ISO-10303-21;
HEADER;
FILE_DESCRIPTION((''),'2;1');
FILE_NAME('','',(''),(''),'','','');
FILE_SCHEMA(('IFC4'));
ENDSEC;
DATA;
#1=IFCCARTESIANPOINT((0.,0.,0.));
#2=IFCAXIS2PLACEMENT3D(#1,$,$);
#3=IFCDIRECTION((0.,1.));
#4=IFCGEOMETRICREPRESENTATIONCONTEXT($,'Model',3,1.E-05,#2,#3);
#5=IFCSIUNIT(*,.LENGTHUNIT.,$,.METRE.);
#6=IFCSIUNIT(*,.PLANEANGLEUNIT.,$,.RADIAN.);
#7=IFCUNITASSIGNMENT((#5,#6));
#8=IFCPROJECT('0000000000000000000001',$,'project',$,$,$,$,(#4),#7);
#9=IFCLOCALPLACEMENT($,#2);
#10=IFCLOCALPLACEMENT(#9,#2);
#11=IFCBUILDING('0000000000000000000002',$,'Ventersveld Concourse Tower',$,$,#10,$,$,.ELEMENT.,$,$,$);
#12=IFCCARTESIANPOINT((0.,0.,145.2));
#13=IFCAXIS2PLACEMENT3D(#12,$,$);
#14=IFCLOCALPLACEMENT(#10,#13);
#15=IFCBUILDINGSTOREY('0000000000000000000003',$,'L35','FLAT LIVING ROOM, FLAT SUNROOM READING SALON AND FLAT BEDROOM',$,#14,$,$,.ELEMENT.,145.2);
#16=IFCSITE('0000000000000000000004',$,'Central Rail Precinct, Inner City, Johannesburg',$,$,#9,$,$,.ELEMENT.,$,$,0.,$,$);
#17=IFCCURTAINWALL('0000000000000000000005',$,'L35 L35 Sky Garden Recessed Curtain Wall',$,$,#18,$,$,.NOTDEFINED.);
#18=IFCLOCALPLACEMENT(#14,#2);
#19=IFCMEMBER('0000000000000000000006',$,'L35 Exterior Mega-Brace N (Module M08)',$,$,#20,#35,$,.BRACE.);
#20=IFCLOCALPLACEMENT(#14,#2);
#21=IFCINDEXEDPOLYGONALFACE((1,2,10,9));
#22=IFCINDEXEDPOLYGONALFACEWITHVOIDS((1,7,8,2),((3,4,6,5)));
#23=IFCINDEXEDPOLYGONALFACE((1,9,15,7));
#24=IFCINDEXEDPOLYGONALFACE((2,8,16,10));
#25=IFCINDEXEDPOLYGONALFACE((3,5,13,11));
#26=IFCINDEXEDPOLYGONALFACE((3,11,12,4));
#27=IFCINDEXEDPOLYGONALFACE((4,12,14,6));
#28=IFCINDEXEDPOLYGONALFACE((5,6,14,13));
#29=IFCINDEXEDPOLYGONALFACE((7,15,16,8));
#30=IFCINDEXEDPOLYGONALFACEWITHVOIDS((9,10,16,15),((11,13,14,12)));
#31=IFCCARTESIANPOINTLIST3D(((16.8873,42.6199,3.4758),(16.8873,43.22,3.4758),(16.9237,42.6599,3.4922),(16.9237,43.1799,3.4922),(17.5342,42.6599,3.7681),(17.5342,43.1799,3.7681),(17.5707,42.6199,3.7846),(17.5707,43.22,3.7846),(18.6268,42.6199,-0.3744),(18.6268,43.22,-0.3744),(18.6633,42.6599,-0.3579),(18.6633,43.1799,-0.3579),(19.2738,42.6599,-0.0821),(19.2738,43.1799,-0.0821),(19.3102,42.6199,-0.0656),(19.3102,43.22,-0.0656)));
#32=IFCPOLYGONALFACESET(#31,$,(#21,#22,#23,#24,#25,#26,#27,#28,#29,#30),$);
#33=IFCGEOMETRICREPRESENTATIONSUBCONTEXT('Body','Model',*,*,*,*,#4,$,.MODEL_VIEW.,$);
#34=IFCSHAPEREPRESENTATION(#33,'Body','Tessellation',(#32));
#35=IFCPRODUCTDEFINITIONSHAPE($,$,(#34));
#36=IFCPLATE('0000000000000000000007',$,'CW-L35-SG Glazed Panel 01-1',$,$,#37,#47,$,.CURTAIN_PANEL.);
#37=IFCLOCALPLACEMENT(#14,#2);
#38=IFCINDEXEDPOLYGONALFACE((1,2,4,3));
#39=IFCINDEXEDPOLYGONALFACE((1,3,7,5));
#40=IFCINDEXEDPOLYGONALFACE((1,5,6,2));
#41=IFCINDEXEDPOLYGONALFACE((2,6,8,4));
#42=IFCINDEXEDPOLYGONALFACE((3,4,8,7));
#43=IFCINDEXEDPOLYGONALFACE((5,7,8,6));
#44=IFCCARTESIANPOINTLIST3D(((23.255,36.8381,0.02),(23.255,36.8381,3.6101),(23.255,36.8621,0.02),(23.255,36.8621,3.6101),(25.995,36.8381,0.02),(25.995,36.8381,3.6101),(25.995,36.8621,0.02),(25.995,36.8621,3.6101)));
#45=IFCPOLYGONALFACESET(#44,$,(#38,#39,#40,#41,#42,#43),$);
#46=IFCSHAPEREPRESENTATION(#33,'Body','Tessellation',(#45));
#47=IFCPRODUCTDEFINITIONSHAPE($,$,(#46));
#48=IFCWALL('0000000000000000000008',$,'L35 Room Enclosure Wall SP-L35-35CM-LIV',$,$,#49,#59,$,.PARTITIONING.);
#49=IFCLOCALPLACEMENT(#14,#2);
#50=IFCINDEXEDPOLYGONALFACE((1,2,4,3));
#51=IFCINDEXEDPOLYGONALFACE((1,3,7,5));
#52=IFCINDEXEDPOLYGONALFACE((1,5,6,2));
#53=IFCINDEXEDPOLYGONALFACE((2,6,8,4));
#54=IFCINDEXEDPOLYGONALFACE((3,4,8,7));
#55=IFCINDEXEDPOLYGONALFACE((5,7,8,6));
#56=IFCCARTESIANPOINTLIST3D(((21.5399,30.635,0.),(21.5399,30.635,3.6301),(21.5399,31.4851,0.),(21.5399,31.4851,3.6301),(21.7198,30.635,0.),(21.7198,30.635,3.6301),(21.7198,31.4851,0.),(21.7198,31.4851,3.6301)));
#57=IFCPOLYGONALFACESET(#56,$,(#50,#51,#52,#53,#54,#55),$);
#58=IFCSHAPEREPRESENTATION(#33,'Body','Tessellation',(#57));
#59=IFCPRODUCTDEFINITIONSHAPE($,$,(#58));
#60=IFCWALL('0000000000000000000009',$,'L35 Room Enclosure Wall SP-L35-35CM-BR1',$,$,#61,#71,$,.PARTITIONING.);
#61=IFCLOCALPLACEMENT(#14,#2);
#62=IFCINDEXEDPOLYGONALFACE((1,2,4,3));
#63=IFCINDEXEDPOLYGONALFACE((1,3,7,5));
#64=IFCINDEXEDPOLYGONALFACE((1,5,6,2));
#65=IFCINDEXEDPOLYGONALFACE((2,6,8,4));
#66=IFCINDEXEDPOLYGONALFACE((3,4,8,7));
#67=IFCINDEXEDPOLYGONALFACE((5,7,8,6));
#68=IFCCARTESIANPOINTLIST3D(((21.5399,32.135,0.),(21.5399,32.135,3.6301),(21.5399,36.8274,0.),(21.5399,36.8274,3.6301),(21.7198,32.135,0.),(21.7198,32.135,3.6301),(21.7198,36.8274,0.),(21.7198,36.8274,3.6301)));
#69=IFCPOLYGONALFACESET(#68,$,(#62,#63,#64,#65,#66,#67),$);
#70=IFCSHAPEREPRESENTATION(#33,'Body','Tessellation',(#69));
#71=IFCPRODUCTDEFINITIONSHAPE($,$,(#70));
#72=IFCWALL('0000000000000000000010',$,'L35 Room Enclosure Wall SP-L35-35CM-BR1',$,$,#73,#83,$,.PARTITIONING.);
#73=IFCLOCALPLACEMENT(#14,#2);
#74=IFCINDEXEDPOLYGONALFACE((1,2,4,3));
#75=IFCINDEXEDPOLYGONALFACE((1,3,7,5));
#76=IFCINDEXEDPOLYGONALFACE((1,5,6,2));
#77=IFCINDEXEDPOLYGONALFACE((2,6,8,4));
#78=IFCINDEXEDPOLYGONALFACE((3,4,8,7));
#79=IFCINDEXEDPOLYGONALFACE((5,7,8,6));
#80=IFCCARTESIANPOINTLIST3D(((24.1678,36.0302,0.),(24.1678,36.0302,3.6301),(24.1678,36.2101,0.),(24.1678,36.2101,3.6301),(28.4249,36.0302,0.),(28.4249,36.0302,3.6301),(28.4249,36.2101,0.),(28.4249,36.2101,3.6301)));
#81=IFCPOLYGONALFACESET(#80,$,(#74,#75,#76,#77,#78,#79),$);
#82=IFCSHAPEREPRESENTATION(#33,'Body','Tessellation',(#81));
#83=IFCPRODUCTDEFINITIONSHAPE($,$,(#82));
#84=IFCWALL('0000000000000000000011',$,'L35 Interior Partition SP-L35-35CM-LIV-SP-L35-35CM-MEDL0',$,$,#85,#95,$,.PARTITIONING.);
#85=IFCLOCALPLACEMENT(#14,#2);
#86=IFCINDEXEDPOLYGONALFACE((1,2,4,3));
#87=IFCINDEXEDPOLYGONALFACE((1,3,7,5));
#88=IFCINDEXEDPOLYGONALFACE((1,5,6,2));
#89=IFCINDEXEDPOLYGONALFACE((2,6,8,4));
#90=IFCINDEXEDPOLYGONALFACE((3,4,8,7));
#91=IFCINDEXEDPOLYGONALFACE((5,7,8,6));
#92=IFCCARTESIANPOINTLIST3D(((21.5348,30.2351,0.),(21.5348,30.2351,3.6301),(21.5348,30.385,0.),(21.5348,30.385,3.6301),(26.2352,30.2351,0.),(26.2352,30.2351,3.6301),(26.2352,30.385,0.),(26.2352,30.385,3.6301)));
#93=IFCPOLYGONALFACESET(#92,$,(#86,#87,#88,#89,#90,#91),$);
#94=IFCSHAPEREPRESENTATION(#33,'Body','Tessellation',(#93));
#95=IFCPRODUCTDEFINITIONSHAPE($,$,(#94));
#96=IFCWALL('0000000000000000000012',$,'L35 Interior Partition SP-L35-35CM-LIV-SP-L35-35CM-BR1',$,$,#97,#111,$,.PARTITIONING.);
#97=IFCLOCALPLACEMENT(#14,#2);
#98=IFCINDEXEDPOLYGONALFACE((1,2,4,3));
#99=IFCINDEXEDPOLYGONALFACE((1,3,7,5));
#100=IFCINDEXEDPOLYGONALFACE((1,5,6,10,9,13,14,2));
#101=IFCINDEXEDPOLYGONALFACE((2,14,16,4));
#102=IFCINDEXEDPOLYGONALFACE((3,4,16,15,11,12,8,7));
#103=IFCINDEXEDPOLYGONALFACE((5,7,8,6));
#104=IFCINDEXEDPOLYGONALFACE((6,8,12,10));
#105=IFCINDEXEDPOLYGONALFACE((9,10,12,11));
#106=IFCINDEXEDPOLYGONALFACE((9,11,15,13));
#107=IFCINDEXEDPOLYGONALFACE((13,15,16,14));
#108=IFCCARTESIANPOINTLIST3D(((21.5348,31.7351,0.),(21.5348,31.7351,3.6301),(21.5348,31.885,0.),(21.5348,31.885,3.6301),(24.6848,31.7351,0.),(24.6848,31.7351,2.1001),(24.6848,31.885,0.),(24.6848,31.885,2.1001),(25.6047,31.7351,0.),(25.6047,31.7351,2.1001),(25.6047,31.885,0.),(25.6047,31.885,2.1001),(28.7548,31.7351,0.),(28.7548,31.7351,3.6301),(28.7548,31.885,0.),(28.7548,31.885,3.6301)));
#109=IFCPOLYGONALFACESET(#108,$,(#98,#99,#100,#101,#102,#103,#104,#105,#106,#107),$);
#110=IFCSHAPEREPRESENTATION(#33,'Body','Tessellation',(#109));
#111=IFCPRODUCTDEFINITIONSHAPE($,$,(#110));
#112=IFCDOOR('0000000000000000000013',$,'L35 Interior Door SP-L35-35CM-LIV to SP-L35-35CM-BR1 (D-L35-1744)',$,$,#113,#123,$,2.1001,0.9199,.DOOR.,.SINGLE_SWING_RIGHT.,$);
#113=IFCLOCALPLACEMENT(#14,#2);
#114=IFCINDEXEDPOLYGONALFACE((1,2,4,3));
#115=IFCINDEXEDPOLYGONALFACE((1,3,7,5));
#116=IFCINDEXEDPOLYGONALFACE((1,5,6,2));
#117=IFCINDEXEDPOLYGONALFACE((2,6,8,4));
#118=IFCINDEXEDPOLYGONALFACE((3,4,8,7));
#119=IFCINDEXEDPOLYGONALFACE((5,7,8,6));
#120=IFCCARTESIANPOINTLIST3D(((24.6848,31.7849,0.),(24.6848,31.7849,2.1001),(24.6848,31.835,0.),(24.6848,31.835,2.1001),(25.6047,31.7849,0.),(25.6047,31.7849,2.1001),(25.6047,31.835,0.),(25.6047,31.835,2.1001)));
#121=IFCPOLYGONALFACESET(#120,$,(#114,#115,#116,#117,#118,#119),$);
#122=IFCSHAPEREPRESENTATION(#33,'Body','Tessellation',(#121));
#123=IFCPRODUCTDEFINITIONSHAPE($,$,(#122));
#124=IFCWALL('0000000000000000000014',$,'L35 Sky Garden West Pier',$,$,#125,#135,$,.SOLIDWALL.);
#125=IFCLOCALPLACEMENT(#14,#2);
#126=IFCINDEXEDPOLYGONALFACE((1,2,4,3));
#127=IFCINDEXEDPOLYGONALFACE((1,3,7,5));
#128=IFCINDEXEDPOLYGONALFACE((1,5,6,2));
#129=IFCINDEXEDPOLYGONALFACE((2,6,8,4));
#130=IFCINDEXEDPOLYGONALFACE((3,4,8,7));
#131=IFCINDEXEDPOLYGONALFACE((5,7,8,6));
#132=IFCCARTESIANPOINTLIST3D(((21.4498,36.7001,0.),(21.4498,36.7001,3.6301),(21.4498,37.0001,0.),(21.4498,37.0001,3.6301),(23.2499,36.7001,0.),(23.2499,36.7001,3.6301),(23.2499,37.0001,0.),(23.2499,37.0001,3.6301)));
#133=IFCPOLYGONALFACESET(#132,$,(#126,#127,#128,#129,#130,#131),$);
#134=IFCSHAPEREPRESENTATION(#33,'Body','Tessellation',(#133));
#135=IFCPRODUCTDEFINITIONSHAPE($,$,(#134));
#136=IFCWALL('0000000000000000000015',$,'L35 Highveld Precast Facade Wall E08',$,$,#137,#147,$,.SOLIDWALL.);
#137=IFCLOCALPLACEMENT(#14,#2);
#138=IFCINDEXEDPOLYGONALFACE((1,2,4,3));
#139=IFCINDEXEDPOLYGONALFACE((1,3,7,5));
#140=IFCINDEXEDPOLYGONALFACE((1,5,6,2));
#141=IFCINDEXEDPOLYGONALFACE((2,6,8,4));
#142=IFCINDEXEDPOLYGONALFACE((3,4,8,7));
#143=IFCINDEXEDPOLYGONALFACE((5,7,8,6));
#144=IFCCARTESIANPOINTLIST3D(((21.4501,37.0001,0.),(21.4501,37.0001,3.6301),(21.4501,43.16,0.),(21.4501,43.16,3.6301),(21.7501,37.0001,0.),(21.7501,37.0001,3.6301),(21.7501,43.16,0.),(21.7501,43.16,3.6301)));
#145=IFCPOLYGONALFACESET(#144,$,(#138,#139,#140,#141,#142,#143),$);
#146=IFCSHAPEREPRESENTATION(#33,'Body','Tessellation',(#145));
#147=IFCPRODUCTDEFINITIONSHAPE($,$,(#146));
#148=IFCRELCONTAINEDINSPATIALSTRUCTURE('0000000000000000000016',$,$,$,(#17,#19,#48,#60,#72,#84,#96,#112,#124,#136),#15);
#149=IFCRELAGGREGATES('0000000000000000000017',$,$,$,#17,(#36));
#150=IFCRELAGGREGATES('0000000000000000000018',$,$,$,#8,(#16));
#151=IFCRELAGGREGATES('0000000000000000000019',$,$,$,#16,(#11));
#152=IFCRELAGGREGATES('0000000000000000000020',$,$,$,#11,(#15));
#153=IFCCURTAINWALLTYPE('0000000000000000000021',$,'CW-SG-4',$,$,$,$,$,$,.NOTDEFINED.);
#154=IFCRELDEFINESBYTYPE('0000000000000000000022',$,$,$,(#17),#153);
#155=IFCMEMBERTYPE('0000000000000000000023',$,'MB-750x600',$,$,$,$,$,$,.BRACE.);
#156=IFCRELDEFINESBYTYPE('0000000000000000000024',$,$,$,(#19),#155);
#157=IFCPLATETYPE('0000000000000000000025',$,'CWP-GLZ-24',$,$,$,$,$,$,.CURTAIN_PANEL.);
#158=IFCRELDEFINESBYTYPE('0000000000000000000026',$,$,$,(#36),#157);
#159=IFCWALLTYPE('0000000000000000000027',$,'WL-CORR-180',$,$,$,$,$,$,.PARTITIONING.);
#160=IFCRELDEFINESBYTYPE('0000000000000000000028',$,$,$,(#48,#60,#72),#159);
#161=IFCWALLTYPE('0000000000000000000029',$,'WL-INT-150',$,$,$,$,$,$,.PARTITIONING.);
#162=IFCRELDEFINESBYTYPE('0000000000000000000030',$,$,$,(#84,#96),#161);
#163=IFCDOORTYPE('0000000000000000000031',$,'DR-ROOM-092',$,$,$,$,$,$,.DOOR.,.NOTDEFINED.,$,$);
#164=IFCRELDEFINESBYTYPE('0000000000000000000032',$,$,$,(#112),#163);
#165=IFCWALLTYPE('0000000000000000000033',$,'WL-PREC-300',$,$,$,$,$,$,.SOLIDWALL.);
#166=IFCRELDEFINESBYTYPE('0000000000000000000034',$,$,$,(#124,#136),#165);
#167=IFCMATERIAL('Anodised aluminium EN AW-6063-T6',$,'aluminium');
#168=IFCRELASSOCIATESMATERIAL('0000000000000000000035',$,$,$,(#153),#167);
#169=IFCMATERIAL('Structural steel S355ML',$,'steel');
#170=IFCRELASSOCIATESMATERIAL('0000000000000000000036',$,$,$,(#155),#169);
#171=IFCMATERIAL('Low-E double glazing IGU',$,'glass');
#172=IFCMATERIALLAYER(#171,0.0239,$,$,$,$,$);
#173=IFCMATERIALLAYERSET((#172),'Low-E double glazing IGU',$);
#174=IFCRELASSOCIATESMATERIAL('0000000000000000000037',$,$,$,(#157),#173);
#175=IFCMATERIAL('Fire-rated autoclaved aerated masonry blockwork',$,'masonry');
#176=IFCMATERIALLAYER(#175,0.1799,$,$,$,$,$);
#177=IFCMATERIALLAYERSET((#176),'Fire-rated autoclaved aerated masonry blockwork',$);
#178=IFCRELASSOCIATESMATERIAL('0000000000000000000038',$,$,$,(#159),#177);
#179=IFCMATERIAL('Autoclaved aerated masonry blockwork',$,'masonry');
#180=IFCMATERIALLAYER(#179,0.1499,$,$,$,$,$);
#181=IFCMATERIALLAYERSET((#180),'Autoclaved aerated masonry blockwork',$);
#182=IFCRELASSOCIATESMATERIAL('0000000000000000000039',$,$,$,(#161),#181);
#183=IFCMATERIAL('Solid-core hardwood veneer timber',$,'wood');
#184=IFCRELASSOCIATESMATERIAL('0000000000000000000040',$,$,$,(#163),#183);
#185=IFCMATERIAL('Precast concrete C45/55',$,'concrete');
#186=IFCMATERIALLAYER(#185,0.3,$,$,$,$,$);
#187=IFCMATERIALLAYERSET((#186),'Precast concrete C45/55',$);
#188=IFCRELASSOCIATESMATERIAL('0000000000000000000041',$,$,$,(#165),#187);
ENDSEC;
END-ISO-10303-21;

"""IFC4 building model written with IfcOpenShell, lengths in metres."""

from ifc_helpers import new_model, si_unit, direction, frame, frame_2d, origin, origin_2d, place, context, subcontext, project, spatial, rectangle, hollow_rectangle, extrude, material, layer, layer_set, material_profile, profile_set, type_object, element, fill, aggregate, save


model = new_model("IFC4")

# Units and contexts
model_context = context("Model", 3, precision=1e-05, world=origin(), true_north=direction((0.0, 1.0)))
body_context = subcontext(model_context, "Body", "Model", "MODEL_VIEW")
ifc_project = project(units=[si_unit("LENGTHUNIT", "METRE"), si_unit("PLANEANGLEUNIT", "RADIAN")], contexts=[model_context])

# Site, building, storey
site_placement = place(None, origin())
site = spatial("IfcSite", under=ifc_project, at=site_placement, Name="Central Rail Precinct, Inner City, Johannesburg", CompositionType="ELEMENT", RefElevation=0.0)
building_placement = place(site_placement, origin())
building = spatial("IfcBuilding", under=site, at=building_placement, Name="Ventersveld Concourse Tower", CompositionType="ELEMENT")
storey_placement = place(building_placement, frame((0.0, 0.0, 145.2)))
storey = spatial("IfcBuildingStorey", under=building, at=storey_placement, Name="L35", Description="FLAT LIVING ROOM, FLAT SUNROOM READING SALON AND FLAT BEDROOM", CompositionType="ELEMENT", Elevation=145.2)

# Curtain wall
ifc_material_1 = material(Name="Anodised aluminium EN AW-6063-T6", Category="aluminium")
curtain_wall_type = type_object("IfcCurtainWallType", Name="CW-SG-4", PredefinedType="NOTDEFINED", material=ifc_material_1)
curtain_wall_placement = place(storey_placement, origin())
curtain_wall = element("IfcCurtainWall", 1, at=curtain_wall_placement, inside=storey, type_object=curtain_wall_type, Name="L35 L35 Sky Garden Recessed Curtain Wall", PredefinedType="NOTDEFINED")

# Member
ifc_material_2 = material(Name="Structural steel S355ML", Category="steel")
ifc_material_profile_1 = material_profile(ifc_material_2, hollow_rectangle(XDim=0.6001, YDim=0.75, WallThickness=0.04, at=origin_2d()), Name="BOX 750x600x40")
ifc_profile_set_1 = profile_set([ifc_material_profile_1], Name="Structural steel S355ML")
member_type_1 = type_object("IfcMemberType", Name="MB-750x600", PredefinedType="BRACE", material=ifc_profile_set_1)
member_1_placement = place(storey_placement, frame((18.9685, 42.9199, -0.22), z_axis=(-0.411734, 0.0, 0.911304), x_axis=(0.0, -1.0, 0.0)))
element("IfcMember", 2, at=member_1_placement, inside=storey, type_object=member_type_1, Name="L35 Exterior Mega-Brace N (Module M08)", PredefinedType="BRACE", context=body_context, shape_type="SweptSolid", body=[
    extrude(hollow_rectangle(XDim=0.6001, YDim=0.75, WallThickness=0.04, at=origin_2d()), origin(), (0.0, 0.0, 1.0), 4.2249),
])

# Plate
ifc_material_3 = material(Name="Low-E double glazing IGU", Category="glass")
ifc_layer_1 = layer(ifc_material_3, 0.0239)
ifc_layer_set_1 = layer_set([ifc_layer_1], Name="Low-E double glazing IGU")
plate_type = type_object("IfcPlateType", Name="CWP-GLZ-24", PredefinedType="CURTAIN_PANEL", material=ifc_layer_set_1)
plate_placement = place(storey_placement, frame((24.625, 36.8501, 0.02), z_axis=(0.0, 0.0, 1.0), x_axis=(1.0, 0.0, 0.0)))
plate = element("IfcPlate", 3, at=plate_placement, type_object=plate_type, Name="CW-L35-SG Glazed Panel 01-1", PredefinedType="CURTAIN_PANEL", context=body_context, shape_type="SweptSolid", body=[
    extrude(rectangle(XDim=2.74, YDim=0.0239, at=origin_2d()), origin(), (0.0, 0.0, 1.0), 3.5901),
])
aggregate(curtain_wall, [plate])

# Walls
ifc_material_4 = material(Name="Fire-rated autoclaved aerated masonry blockwork", Category="masonry")
ifc_layer_2 = layer(ifc_material_4, 0.1799)
ifc_layer_set_2 = layer_set([ifc_layer_2], Name="Fire-rated autoclaved aerated masonry blockwork")
wall_type_1 = type_object("IfcWallType", Name="WL-CORR-180", PredefinedType="PARTITIONING", material=ifc_layer_set_2)
wall_1_placement = place(storey_placement, frame((21.6299, 30.635, 0.0), z_axis=(0.0, 0.0, 1.0), x_axis=(0.0, 1.0, 0.0)))
element("IfcWall", 4, at=wall_1_placement, inside=storey, type_object=wall_type_1, Name="L35 Room Enclosure Wall SP-L35-35CM-LIV", PredefinedType="PARTITIONING", context=body_context, shape_type="SweptSolid", body=[
    extrude(rectangle(XDim=0.8501, YDim=0.1799, at=frame_2d((0.425, 0.0))), origin(), (0.0, 0.0, 1.0), 3.6301),
])
wall_2_placement = place(storey_placement, frame((21.6299, 32.135, 0.0), z_axis=(0.0, 0.0, 1.0), x_axis=(0.0, 1.0, 0.0)))
element("IfcWall", 5, at=wall_2_placement, inside=storey, type_object=wall_type_1, Name="L35 Room Enclosure Wall SP-L35-35CM-BR1", PredefinedType="PARTITIONING", context=body_context, shape_type="SweptSolid", body=[
    extrude(rectangle(XDim=4.6924, YDim=0.1799, at=frame_2d((2.3462, 0.0))), origin(), (0.0, 0.0, 1.0), 3.6301),
])
wall_3_placement = place(storey_placement, frame((24.168, 36.1201, 0.0), z_axis=(0.0, 0.0, 1.0), x_axis=(1.0, 0.0, 0.0)))
element("IfcWall", 6, at=wall_3_placement, inside=storey, type_object=wall_type_1, Name="L35 Room Enclosure Wall SP-L35-35CM-BR1", PredefinedType="PARTITIONING", context=body_context, shape_type="SweptSolid", body=[
    extrude(rectangle(XDim=4.2571, YDim=0.1799, at=frame_2d((2.1284, 0.0))), origin(), (0.0, 0.0, 1.0), 3.6301),
])
ifc_material_5 = material(Name="Autoclaved aerated masonry blockwork", Category="masonry")
ifc_layer_3 = layer(ifc_material_5, 0.1499)
ifc_layer_set_3 = layer_set([ifc_layer_3], Name="Autoclaved aerated masonry blockwork")
wall_type_2 = type_object("IfcWallType", Name="WL-INT-150", PredefinedType="PARTITIONING", material=ifc_layer_set_3)
wall_4_placement = place(storey_placement, frame((21.5349, 30.3101, 0.0), z_axis=(0.0, 0.0, 1.0), x_axis=(1.0, 0.0, 0.0)))
element("IfcWall", 7, at=wall_4_placement, inside=storey, type_object=wall_type_2, Name="L35 Interior Partition SP-L35-35CM-LIV-SP-L35-35CM-MEDL0", PredefinedType="PARTITIONING", context=body_context, shape_type="SweptSolid", body=[
    extrude(rectangle(XDim=4.7004, YDim=0.1499, at=frame_2d((2.3501, 0.0))), origin(), (0.0, 0.0, 1.0), 3.6301),
])

# Wall, opening, door
wall_5_placement = place(storey_placement, frame((21.5349, 31.8101, 0.0), z_axis=(0.0, 0.0, 1.0), x_axis=(1.0, 0.0, 0.0)))
wall_5 = element("IfcWall", 8, at=wall_5_placement, inside=storey, type_object=wall_type_2, Name="L35 Interior Partition SP-L35-35CM-LIV-SP-L35-35CM-BR1", PredefinedType="PARTITIONING", context=body_context, shape_type="SweptSolid", body=[
    extrude(rectangle(XDim=7.22, YDim=0.1499, at=frame_2d((3.6099, 0.0))), origin(), (0.0, 0.0, 1.0), 3.6301),
])
opening_1_placement = place(wall_5_placement, frame((3.1499, 0.0, 0.0)))
opening_1 = element("IfcOpeningElement", 9, at=opening_1_placement, cuts=wall_5, PredefinedType="OPENING", context=body_context, shape_type="SweptSolid", body=[
    extrude(rectangle(XDim=0.9199, YDim=2.1001, at=frame_2d((0.46, 1.05))), frame((0.0, 0.085, 0.0), z_axis=(0.0, -1.0, 0.0), x_axis=(1.0, 0.0, 0.0)), (0.0, 0.0, 1.0), 0.1699),
])
ifc_material_6 = material(Name="Solid-core hardwood veneer timber", Category="wood")
door_type = type_object("IfcDoorType", Name="DR-ROOM-092", OperationType="NOTDEFINED", PredefinedType="DOOR", material=ifc_material_6)
door_placement = place(opening_1_placement, origin())
door = element("IfcDoor", 10, at=door_placement, inside=storey, type_object=door_type, Name="L35 Interior Door SP-L35-35CM-LIV to SP-L35-35CM-BR1 (D-L35-1744)", OperationType="SINGLE_SWING_RIGHT", OverallHeight=2.1001, OverallWidth=0.9199, PredefinedType="DOOR", context=body_context, shape_type="SweptSolid", body=[
    extrude(rectangle(XDim=0.9199, YDim=2.1001, at=frame_2d((0.46, 1.05))), frame((0.0, 0.0249, 0.0), z_axis=(0.0, -1.0, 0.0), x_axis=(1.0, 0.0, 0.0)), (0.0, 0.0, 1.0), 0.05),
])
fill(opening_1, door)

# Walls
ifc_material_7 = material(Name="Precast concrete C45/55", Category="concrete")
ifc_layer_4 = layer(ifc_material_7, 0.3)
ifc_layer_set_4 = layer_set([ifc_layer_4], Name="Precast concrete C45/55")
wall_type_3 = type_object("IfcWallType", Name="WL-PREC-300", PredefinedType="SOLIDWALL", material=ifc_layer_set_4)
wall_6_placement = place(storey_placement, frame((21.45, 36.8501, 0.0), z_axis=(0.0, 0.0, 1.0), x_axis=(1.0, 0.0, 0.0)))
element("IfcWall", 11, at=wall_6_placement, inside=storey, type_object=wall_type_3, Name="L35 Sky Garden West Pier", PredefinedType="SOLIDWALL", context=body_context, shape_type="SweptSolid", body=[
    extrude(rectangle(XDim=1.8, YDim=0.3, at=frame_2d((0.8999, 0.0))), origin(), (0.0, 0.0, 1.0), 3.6301),
])
wall_7_placement = place(storey_placement, frame((21.6001, 37.0, 0.0), z_axis=(0.0, 0.0, 1.0), x_axis=(0.0, 1.0, 0.0)))
element("IfcWall", 12, at=wall_7_placement, inside=storey, type_object=wall_type_3, Name="L35 Highveld Precast Facade Wall E08", PredefinedType="SOLIDWALL", context=body_context, shape_type="SweptSolid", body=[
    extrude(rectangle(XDim=6.1599, YDim=0.3, at=frame_2d((3.0801, 0.0))), origin(), (0.0, 0.0, 1.0), 3.6301),
])

save(model, "model.ifc")
